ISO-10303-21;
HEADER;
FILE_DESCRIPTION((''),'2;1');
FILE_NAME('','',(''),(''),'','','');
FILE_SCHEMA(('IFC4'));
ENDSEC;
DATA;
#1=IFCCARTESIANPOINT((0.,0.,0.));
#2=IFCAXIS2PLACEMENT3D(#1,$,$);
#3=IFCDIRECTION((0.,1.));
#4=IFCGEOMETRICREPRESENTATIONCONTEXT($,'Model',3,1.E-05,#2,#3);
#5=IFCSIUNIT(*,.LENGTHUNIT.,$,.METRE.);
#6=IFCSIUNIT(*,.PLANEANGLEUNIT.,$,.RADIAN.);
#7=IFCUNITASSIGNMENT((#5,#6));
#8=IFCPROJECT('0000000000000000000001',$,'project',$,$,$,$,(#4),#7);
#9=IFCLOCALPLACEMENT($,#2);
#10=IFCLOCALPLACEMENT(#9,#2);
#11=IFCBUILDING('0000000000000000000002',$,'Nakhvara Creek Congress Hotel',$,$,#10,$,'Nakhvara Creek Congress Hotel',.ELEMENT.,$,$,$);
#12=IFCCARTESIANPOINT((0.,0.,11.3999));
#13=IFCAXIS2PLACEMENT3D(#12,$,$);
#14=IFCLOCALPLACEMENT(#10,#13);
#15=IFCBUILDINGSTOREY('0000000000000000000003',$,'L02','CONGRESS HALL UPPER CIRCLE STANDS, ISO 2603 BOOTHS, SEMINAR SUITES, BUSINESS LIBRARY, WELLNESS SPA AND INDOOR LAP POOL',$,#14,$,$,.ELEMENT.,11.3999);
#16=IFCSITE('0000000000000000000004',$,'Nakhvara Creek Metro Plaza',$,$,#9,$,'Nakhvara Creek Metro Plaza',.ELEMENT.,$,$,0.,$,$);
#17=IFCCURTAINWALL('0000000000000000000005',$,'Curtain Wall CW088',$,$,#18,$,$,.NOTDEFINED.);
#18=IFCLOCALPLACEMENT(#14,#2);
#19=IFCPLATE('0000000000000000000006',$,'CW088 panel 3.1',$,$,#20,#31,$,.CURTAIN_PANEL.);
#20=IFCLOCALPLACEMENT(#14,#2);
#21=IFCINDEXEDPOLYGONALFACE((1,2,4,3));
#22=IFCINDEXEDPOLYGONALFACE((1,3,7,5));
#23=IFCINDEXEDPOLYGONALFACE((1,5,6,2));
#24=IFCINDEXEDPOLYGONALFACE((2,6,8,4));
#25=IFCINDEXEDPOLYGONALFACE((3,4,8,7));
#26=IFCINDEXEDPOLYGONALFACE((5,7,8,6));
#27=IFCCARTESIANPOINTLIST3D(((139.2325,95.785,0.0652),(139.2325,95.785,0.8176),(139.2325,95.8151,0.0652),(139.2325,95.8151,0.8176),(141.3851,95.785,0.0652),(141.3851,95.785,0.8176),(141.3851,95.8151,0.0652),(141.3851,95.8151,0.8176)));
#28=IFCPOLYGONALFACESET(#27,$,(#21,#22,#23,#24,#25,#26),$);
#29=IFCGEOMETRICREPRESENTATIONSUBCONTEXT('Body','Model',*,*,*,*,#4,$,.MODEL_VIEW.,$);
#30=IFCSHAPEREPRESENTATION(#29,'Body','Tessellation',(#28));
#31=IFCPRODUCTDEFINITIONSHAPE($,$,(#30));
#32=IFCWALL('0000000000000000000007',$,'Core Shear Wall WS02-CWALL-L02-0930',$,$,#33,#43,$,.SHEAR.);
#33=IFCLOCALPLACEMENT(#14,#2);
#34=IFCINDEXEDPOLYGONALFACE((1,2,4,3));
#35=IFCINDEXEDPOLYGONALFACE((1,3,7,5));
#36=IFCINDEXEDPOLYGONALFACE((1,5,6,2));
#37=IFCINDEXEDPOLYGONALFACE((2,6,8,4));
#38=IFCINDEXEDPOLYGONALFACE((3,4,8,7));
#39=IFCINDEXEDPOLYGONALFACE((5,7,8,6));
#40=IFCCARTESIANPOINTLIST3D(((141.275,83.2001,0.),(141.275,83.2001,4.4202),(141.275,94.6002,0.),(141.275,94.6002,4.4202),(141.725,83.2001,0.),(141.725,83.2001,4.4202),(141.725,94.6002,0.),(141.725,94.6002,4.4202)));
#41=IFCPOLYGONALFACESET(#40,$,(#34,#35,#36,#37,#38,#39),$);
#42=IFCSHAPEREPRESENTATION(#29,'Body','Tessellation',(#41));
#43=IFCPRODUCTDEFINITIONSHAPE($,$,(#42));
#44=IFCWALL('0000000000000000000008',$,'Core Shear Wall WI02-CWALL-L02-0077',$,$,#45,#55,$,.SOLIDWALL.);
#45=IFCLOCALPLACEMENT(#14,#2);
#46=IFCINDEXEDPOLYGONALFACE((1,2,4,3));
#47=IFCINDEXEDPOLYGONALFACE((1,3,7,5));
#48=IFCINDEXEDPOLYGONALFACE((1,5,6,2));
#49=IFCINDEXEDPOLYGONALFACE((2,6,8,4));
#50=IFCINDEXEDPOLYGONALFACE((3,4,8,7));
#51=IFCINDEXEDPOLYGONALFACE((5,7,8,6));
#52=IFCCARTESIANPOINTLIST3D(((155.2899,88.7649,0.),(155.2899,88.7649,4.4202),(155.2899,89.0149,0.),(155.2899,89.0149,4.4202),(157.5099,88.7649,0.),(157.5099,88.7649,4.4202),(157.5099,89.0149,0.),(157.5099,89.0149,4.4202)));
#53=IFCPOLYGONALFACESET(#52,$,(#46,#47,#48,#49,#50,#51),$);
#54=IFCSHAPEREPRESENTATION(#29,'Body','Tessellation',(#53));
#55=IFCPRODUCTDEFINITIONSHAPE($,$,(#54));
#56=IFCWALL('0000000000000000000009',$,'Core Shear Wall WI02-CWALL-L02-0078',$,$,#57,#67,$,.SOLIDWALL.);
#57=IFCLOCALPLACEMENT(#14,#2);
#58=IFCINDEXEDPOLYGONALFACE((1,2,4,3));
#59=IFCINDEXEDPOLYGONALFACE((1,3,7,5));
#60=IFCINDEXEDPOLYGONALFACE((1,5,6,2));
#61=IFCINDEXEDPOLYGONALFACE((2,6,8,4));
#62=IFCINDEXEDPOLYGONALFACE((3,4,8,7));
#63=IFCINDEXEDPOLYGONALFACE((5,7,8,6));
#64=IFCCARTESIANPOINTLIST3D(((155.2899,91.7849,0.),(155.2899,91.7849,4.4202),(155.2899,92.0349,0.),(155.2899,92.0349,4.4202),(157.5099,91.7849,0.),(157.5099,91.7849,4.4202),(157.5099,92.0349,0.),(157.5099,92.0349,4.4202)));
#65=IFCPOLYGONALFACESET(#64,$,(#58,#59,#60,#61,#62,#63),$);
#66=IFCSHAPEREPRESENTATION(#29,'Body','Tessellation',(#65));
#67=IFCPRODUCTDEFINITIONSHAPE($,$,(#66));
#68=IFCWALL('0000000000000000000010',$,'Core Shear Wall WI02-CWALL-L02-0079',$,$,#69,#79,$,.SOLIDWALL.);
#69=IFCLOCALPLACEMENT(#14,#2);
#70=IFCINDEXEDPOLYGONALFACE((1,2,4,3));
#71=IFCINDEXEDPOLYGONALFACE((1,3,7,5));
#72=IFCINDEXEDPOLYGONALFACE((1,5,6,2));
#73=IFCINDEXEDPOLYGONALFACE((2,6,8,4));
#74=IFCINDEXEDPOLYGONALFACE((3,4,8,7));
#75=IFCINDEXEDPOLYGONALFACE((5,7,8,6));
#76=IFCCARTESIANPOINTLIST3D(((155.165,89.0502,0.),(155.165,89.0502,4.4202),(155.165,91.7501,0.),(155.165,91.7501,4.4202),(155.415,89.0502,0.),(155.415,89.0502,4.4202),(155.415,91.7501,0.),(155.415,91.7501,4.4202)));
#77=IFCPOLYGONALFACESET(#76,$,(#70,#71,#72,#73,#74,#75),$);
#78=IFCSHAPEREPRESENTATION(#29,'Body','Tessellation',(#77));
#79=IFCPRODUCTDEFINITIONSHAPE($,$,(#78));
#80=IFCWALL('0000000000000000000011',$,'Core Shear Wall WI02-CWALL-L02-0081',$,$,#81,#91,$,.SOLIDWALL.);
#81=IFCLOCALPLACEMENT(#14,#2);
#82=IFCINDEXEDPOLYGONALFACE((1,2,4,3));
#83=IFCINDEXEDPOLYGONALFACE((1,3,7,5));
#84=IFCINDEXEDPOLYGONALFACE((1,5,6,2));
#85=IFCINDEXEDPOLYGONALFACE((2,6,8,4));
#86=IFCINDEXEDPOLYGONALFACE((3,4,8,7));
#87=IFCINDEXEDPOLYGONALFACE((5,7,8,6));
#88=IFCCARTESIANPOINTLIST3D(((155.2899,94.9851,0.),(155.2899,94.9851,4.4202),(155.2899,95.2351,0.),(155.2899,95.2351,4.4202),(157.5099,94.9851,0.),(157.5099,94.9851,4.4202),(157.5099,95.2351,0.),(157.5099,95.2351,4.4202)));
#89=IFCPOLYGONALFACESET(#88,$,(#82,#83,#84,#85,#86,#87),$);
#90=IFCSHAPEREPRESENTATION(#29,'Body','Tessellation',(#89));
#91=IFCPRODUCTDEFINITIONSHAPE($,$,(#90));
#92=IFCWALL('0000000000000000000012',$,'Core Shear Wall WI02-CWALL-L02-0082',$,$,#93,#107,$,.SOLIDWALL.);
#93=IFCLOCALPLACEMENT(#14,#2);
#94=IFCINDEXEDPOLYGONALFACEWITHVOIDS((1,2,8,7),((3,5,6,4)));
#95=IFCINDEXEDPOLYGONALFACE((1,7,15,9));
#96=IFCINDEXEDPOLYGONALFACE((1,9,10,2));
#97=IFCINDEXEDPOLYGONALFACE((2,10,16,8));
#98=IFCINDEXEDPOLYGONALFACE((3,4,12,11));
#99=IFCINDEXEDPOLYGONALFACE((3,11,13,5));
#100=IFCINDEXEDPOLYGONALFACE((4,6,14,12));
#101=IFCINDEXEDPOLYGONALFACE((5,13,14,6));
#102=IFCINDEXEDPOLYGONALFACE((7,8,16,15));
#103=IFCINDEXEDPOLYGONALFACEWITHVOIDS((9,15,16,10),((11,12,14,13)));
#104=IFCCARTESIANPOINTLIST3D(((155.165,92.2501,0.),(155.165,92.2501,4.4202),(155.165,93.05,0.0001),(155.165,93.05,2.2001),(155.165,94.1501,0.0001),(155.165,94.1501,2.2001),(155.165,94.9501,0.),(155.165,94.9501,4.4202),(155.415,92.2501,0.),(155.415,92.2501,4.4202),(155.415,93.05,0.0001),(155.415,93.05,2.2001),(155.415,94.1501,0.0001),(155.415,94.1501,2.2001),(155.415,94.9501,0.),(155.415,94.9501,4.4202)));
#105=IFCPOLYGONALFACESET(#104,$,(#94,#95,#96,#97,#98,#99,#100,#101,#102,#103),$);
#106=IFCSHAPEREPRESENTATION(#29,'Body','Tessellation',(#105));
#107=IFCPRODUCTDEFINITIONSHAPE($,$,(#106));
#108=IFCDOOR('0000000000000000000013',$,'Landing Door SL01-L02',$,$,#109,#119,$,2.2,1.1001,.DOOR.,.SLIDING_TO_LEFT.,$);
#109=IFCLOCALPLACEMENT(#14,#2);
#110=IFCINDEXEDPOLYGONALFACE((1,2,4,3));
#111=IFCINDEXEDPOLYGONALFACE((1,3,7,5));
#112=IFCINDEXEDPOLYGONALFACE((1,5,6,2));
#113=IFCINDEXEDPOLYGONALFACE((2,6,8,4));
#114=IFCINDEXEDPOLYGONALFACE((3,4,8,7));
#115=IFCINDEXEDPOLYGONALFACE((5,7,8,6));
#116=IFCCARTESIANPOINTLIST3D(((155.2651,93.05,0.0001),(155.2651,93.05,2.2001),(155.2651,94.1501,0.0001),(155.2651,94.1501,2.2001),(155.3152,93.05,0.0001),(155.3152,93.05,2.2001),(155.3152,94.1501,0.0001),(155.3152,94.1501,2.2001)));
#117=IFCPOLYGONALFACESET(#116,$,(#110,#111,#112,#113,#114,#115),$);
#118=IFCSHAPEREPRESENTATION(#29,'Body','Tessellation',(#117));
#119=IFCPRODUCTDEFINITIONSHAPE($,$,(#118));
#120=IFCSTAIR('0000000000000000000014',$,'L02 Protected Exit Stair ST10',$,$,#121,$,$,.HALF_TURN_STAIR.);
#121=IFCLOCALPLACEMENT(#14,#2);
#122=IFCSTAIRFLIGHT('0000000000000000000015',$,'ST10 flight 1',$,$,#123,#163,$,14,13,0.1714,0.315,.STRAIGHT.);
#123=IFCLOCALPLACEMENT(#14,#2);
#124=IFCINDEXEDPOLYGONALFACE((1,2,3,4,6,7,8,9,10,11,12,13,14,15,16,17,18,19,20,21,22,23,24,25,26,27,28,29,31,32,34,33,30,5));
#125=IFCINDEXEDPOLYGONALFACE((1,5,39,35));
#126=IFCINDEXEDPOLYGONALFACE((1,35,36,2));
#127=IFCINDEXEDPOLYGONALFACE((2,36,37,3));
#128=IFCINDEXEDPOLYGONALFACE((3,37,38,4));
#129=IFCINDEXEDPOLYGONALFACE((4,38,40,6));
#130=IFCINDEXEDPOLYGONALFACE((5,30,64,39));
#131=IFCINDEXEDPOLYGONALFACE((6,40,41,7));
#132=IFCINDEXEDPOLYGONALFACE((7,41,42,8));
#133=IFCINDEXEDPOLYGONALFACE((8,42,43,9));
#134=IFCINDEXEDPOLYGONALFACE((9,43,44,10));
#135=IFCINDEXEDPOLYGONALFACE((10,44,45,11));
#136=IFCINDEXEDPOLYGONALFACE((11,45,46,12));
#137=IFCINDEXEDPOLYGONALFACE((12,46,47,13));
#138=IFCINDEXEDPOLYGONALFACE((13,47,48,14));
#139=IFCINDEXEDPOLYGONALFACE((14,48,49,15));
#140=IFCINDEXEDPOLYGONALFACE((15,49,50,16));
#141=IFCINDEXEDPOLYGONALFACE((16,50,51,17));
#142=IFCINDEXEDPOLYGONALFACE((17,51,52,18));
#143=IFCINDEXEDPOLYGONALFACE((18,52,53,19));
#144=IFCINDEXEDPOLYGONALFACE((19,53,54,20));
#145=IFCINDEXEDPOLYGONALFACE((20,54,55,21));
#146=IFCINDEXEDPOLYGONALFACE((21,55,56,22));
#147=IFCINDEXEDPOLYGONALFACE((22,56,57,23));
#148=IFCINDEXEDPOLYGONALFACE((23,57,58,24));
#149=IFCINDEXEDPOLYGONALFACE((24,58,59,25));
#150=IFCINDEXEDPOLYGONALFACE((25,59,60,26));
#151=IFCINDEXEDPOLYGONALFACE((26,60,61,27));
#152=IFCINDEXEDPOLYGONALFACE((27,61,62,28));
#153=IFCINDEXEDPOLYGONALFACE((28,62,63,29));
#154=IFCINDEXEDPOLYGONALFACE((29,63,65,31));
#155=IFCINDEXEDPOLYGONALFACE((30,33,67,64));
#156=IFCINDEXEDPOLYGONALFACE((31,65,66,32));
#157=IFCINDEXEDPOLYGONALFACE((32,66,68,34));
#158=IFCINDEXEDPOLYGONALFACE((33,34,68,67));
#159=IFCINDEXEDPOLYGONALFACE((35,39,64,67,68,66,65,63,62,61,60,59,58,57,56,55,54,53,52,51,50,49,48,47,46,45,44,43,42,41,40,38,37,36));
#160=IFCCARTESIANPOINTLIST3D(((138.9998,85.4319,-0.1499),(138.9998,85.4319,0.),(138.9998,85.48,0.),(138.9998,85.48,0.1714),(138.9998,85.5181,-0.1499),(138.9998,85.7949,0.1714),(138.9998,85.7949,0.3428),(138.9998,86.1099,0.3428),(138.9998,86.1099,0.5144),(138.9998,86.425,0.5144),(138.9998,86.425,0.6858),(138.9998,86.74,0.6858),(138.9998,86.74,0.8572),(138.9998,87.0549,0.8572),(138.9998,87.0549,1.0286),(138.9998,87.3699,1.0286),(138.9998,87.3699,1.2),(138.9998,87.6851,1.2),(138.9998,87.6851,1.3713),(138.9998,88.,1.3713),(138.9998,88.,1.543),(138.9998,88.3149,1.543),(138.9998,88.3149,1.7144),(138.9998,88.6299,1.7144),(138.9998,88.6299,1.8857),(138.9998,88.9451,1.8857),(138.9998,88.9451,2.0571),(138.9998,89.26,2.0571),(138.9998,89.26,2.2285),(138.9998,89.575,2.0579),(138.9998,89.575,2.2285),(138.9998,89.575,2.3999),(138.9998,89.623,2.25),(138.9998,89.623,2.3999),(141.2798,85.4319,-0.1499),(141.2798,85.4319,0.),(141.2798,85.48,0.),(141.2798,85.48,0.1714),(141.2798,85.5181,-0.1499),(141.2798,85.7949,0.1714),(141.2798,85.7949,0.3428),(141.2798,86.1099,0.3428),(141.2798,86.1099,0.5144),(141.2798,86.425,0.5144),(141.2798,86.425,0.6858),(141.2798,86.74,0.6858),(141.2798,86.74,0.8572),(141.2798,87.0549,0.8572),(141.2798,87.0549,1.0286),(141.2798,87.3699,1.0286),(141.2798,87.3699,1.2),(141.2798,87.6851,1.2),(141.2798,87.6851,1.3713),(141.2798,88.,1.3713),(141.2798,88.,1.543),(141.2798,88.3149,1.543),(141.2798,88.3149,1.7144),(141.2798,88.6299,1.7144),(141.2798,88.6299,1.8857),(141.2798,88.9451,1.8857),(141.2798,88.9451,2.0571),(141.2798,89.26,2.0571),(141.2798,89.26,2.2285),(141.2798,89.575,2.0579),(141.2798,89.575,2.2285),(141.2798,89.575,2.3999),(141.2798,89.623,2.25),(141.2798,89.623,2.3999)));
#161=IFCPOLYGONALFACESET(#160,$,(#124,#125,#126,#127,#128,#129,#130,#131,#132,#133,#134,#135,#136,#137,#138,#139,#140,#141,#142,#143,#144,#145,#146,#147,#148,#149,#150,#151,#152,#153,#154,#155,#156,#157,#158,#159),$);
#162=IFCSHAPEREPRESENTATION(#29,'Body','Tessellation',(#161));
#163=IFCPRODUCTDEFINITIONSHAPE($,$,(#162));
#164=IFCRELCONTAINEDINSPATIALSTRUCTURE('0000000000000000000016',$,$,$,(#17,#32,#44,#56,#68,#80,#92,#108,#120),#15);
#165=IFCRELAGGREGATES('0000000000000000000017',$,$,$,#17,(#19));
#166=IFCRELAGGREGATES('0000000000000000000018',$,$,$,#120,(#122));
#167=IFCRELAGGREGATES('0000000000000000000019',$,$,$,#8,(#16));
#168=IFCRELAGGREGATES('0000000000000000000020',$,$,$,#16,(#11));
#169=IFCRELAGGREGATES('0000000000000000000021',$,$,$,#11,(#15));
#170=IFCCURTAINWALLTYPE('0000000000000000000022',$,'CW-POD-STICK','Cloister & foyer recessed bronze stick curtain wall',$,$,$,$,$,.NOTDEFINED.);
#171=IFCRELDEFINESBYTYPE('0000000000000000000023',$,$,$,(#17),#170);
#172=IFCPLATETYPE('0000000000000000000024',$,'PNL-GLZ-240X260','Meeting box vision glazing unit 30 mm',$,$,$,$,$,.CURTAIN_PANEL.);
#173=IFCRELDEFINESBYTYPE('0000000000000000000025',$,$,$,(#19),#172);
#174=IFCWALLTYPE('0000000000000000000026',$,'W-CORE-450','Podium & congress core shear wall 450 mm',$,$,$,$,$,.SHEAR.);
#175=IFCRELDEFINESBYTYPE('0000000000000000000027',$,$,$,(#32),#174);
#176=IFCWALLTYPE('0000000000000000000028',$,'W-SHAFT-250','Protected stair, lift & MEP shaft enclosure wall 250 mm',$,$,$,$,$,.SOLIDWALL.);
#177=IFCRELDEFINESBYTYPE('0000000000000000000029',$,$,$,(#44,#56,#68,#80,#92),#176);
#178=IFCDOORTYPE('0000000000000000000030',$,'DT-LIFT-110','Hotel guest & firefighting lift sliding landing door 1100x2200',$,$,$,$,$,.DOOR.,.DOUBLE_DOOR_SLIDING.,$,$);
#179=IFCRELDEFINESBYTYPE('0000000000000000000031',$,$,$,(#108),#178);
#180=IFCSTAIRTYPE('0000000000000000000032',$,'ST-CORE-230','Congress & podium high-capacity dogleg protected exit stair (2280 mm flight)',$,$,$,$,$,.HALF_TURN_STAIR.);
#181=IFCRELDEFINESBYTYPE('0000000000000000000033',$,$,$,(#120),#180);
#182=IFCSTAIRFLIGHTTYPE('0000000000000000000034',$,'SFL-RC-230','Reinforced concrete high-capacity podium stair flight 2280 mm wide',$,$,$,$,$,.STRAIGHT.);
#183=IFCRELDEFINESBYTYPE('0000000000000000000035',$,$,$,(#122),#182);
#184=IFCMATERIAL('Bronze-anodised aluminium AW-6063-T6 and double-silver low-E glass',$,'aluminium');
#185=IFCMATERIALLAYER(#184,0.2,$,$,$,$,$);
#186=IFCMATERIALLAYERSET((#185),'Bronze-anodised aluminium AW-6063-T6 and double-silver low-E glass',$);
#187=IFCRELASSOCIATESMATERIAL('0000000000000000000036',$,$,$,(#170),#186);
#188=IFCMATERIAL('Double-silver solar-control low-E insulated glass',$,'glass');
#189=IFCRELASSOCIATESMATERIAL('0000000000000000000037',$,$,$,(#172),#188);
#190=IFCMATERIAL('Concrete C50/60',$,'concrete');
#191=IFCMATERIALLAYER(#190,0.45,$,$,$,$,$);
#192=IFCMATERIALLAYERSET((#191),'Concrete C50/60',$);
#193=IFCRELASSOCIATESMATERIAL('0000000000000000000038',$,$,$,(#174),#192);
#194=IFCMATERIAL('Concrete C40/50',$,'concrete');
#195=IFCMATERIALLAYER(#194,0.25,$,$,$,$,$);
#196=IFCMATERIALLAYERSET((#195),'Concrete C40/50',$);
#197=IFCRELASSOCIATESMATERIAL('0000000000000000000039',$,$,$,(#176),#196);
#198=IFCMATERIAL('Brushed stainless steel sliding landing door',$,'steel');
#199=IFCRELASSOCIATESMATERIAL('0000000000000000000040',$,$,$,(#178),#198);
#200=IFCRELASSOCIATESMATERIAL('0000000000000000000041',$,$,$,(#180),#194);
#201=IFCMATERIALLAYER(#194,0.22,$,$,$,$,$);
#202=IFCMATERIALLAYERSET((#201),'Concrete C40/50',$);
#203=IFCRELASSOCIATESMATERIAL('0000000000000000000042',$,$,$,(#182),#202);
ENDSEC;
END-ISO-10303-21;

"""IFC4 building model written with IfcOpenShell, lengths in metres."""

from ifc_helpers import new_model, si_unit, direction, frame, frame_2d, origin, origin_2d, place, context, subcontext, project, spatial, polyline, rectangle, outline, extrude, material, layer, layer_set, type_object, element, fill, aggregate, save


model = new_model("IFC4")

# Units and contexts
model_context = context("Model", 3, precision=1e-05, world=origin(), true_north=direction((0.0, 1.0)))
body_context = subcontext(model_context, "Body", "Model", "MODEL_VIEW")
ifc_project = project(units=[si_unit("LENGTHUNIT", "METRE"), si_unit("PLANEANGLEUNIT", "RADIAN")], contexts=[model_context])

# Site, building, storey
site_placement = place(None, origin())
site = spatial("IfcSite", under=ifc_project, at=site_placement, Name="Nakhvara Creek Metro Plaza", LongName="Nakhvara Creek Metro Plaza", CompositionType="ELEMENT", RefElevation=0.0)
building_placement = place(site_placement, origin())
building = spatial("IfcBuilding", under=site, at=building_placement, Name="Nakhvara Creek Congress Hotel", LongName="Nakhvara Creek Congress Hotel", CompositionType="ELEMENT")
storey_placement = place(building_placement, frame((0.0, 0.0, 11.3999)))
storey = spatial("IfcBuildingStorey", under=building, at=storey_placement, Name="L02", Description="CONGRESS HALL UPPER CIRCLE STANDS, ISO 2603 BOOTHS, SEMINAR SUITES, BUSINESS LIBRARY, WELLNESS SPA AND INDOOR LAP POOL", CompositionType="ELEMENT", Elevation=11.3999)

# Shared definitions
ifc_material_1 = material(Name="Concrete C50/60", Category="concrete")

# Shared definitions
ifc_material_2 = material(Name="Concrete C40/50", Category="concrete")

# Curtain wall, plate
ifc_material_3 = material(Name="Bronze-anodised aluminium AW-6063-T6 and double-silver low-E glass", Category="aluminium")
ifc_layer_1 = layer(ifc_material_3, 0.2)
ifc_layer_set_1 = layer_set([ifc_layer_1], Name="Bronze-anodised aluminium AW-6063-T6 and double-silver low-E glass")
curtain_wall_type = type_object("IfcCurtainWallType", Name="CW-POD-STICK", Description="Cloister & foyer recessed bronze stick curtain wall", PredefinedType="NOTDEFINED", material=ifc_layer_set_1)
curtain_wall_placement = place(storey_placement, origin())
curtain_wall = element("IfcCurtainWall", 1, at=curtain_wall_placement, inside=storey, type_object=curtain_wall_type, Name="Curtain Wall CW088", PredefinedType="NOTDEFINED")
ifc_material_4 = material(Name="Double-silver solar-control low-E insulated glass", Category="glass")
plate_type = type_object("IfcPlateType", Name="PNL-GLZ-240X260", Description="Meeting box vision glazing unit 30 mm", PredefinedType="CURTAIN_PANEL", material=ifc_material_4)
plate_placement = place(storey_placement, frame((140.3088, 95.8, 0.0652), z_axis=(0.0, 0.0, 1.0), x_axis=(1.0, 0.0, 0.0)))
plate = element("IfcPlate", 2, at=plate_placement, type_object=plate_type, Name="CW088 panel 3.1", PredefinedType="CURTAIN_PANEL", context=body_context, shape_type="SweptSolid", body=[
    extrude(rectangle(XDim=2.1526, YDim=0.03, at=origin_2d()), origin(), (0.0, 0.0, 1.0), 0.7524),
])
aggregate(curtain_wall, [plate])

# Walls
ifc_layer_2 = layer(ifc_material_1, 0.45)
ifc_layer_set_2 = layer_set([ifc_layer_2], Name="Concrete C50/60")
wall_type_1 = type_object("IfcWallType", Name="W-CORE-450", Description="Podium & congress core shear wall 450 mm", PredefinedType="SHEAR", material=ifc_layer_set_2)
wall_1_placement = place(storey_placement, frame((141.5, 83.2, 0.0), z_axis=(0.0, 0.0, 1.0), x_axis=(0.0, 1.0, 0.0)))
element("IfcWall", 3, at=wall_1_placement, inside=storey, type_object=wall_type_1, Name="Core Shear Wall WS02-CWALL-L02-0930", PredefinedType="SHEAR", context=body_context, shape_type="SweptSolid", body=[
    extrude(rectangle(XDim=11.4001, YDim=0.45, at=frame_2d((5.7002, 0.0))), origin(), (0.0, 0.0, 1.0), 4.4202),
])
ifc_layer_3 = layer(ifc_material_2, 0.25)
ifc_layer_set_3 = layer_set([ifc_layer_3], Name="Concrete C40/50")
wall_type_2 = type_object("IfcWallType", Name="W-SHAFT-250", Description="Protected stair, lift & MEP shaft enclosure wall 250 mm", PredefinedType="SOLIDWALL", material=ifc_layer_set_3)
for number, where, z_axis, x_axis, name in (
    (4, (155.29, 88.8899, 0.0), (0.0, 0.0, 1.0), (1.0, 0.0, 0.0), "Core Shear Wall WI02-CWALL-L02-0077"),
    (5, (155.29, 91.9099, 0.0), (0.0, 0.0, 1.0), (1.0, 0.0, 0.0), "Core Shear Wall WI02-CWALL-L02-0078"),
):
    element("IfcWall", number, at=place(storey_placement, frame(where, z_axis=z_axis, x_axis=x_axis)), inside=storey, type_object=wall_type_2, Name=name, PredefinedType="SOLIDWALL", context=body_context, shape_type="SweptSolid", body=[
        extrude(rectangle(XDim=2.22, YDim=0.25, at=frame_2d((1.1099, 0.0))), origin(), (0.0, 0.0, 1.0), 4.4202),
    ])
wall_2_placement = place(storey_placement, frame((155.29, 89.05, 0.0), z_axis=(0.0, 0.0, 1.0), x_axis=(0.0, 1.0, 0.0)))
element("IfcWall", 6, at=wall_2_placement, inside=storey, type_object=wall_type_2, Name="Core Shear Wall WI02-CWALL-L02-0079", PredefinedType="SOLIDWALL", context=body_context, shape_type="SweptSolid", body=[
    extrude(rectangle(XDim=2.7, YDim=0.25, at=frame_2d((1.3501, 0.0))), origin(), (0.0, 0.0, 1.0), 4.4202),
])
wall_3_placement = place(storey_placement, frame((155.29, 95.1101, 0.0), z_axis=(0.0, 0.0, 1.0), x_axis=(1.0, 0.0, 0.0)))
element("IfcWall", 7, at=wall_3_placement, inside=storey, type_object=wall_type_2, Name="Core Shear Wall WI02-CWALL-L02-0081", PredefinedType="SOLIDWALL", context=body_context, shape_type="SweptSolid", body=[
    extrude(rectangle(XDim=2.22, YDim=0.25, at=frame_2d((1.1099, 0.0))), origin(), (0.0, 0.0, 1.0), 4.4202),
])

# Wall, opening, door
wall_4_placement = place(storey_placement, frame((155.29, 92.25, 0.0), z_axis=(0.0, 0.0, 1.0), x_axis=(0.0, 1.0, 0.0)))
wall_4 = element("IfcWall", 8, at=wall_4_placement, inside=storey, type_object=wall_type_2, Name="Core Shear Wall WI02-CWALL-L02-0082", PredefinedType="SOLIDWALL", context=body_context, shape_type="SweptSolid", body=[
    extrude(rectangle(XDim=2.7, YDim=0.25, at=frame_2d((1.3501, 0.0))), origin(), (0.0, 0.0, 1.0), 4.4202),
])
opening_placement = place(wall_4_placement, frame((0.8, 0.0, 0.0)))
opening = element("IfcOpeningElement", 9, at=opening_placement, cuts=wall_4, PredefinedType="OPENING", context=body_context, shape_type="SweptSolid", body=[
    extrude(rectangle(XDim=1.1001, YDim=2.2, at=frame_2d((0.55, 1.1001))), frame((0.0, 0.137, 0.0), z_axis=(0.0, -1.0, 0.0), x_axis=(1.0, 0.0, 0.0)), (0.0, 0.0, 1.0), 0.2739),
])
ifc_material_5 = material(Name="Brushed stainless steel sliding landing door", Category="steel")
door_type = type_object("IfcDoorType", Name="DT-LIFT-110", Description="Hotel guest & firefighting lift sliding landing door 1100x2200", OperationType="DOUBLE_DOOR_SLIDING", PredefinedType="DOOR", material=ifc_material_5)
door_placement = place(opening_placement, origin())
door = element("IfcDoor", 10, at=door_placement, inside=storey, type_object=door_type, Name="Landing Door SL01-L02", OperationType="SLIDING_TO_LEFT", OverallHeight=2.2, OverallWidth=1.1001, PredefinedType="DOOR", context=body_context, shape_type="SweptSolid", body=[
    extrude(rectangle(XDim=1.1001, YDim=2.2, at=frame_2d((0.55, 1.1001))), frame((0.0, 0.0249, 0.0), z_axis=(0.0, -1.0, 0.0), x_axis=(1.0, 0.0, 0.0)), (0.0, 0.0, 1.0), 0.05),
])
fill(opening, door)

# Stair, stair flight
stair_type = type_object("IfcStairType", Name="ST-CORE-230", Description="Congress & podium high-capacity dogleg protected exit stair (2280 mm flight)", PredefinedType="HALF_TURN_STAIR", material=ifc_material_2)
stair_placement = place(storey_placement, origin())
stair = element("IfcStair", 11, at=stair_placement, inside=storey, type_object=stair_type, Name="L02 Protected Exit Stair ST10", PredefinedType="HALF_TURN_STAIR")
ifc_layer_4 = layer(ifc_material_2, 0.22)
ifc_layer_set_4 = layer_set([ifc_layer_4], Name="Concrete C40/50")
stair_flight_type = type_object("IfcStairFlightType", Name="SFL-RC-230", Description="Reinforced concrete high-capacity podium stair flight 2280 mm wide", PredefinedType="STRAIGHT", material=ifc_layer_set_4)
stair_flight_placement = place(storey_placement, frame((140.1399, 85.48, 0.0), z_axis=(0.0, 0.0, 1.0), x_axis=(0.0, 1.0, 0.0)))
stair_flight = element("IfcStairFlight", 12, at=stair_flight_placement, type_object=stair_flight_type, Name="ST10 flight 1", NumberOfRisers=14, NumberOfTreads=13, PredefinedType="STRAIGHT", RiserHeight=0.1714, TreadLength=0.315, context=body_context, shape_type="SweptSolid", body=[
    extrude(outline(polyline([(-0.0481, 0.0), (0.0, 0.0), (0.0, 0.1714), (0.3149, 0.1714), (0.3149, 0.3428), (0.6299, 0.3428), (0.6299, 0.5144), (0.9451, 0.5144), (0.9451, 0.6858), (1.26, 0.6858), (1.26, 0.8572), (1.575, 0.8572), (1.575, 1.0286), (1.8899, 1.0286), (1.8899, 1.2), (2.2051, 1.2), (2.2051, 1.3713), (2.52, 1.3713), (2.52, 1.543), (2.835, 1.543), (2.835, 1.7144), (3.1499, 1.7144), (3.1499, 1.8857), (3.4651, 1.8857), (3.4651, 2.0571), (3.78, 2.0571), (3.78, 2.2285), (4.095, 2.2285), (4.095, 2.3999), (4.1431, 2.3999), (4.1431, 2.25), (4.095, 2.0579), (0.0381, -0.1499), (-0.0481, -0.1499), (-0.0481, 0.0)])), frame((0.0, 1.1401, 0.0), z_axis=(0.0, -1.0, 0.0), x_axis=(1.0, 0.0, 0.0)), (0.0, 0.0, 1.0), 2.28),
])
aggregate(stair, [stair_flight])

save(model, "model.ifc")
